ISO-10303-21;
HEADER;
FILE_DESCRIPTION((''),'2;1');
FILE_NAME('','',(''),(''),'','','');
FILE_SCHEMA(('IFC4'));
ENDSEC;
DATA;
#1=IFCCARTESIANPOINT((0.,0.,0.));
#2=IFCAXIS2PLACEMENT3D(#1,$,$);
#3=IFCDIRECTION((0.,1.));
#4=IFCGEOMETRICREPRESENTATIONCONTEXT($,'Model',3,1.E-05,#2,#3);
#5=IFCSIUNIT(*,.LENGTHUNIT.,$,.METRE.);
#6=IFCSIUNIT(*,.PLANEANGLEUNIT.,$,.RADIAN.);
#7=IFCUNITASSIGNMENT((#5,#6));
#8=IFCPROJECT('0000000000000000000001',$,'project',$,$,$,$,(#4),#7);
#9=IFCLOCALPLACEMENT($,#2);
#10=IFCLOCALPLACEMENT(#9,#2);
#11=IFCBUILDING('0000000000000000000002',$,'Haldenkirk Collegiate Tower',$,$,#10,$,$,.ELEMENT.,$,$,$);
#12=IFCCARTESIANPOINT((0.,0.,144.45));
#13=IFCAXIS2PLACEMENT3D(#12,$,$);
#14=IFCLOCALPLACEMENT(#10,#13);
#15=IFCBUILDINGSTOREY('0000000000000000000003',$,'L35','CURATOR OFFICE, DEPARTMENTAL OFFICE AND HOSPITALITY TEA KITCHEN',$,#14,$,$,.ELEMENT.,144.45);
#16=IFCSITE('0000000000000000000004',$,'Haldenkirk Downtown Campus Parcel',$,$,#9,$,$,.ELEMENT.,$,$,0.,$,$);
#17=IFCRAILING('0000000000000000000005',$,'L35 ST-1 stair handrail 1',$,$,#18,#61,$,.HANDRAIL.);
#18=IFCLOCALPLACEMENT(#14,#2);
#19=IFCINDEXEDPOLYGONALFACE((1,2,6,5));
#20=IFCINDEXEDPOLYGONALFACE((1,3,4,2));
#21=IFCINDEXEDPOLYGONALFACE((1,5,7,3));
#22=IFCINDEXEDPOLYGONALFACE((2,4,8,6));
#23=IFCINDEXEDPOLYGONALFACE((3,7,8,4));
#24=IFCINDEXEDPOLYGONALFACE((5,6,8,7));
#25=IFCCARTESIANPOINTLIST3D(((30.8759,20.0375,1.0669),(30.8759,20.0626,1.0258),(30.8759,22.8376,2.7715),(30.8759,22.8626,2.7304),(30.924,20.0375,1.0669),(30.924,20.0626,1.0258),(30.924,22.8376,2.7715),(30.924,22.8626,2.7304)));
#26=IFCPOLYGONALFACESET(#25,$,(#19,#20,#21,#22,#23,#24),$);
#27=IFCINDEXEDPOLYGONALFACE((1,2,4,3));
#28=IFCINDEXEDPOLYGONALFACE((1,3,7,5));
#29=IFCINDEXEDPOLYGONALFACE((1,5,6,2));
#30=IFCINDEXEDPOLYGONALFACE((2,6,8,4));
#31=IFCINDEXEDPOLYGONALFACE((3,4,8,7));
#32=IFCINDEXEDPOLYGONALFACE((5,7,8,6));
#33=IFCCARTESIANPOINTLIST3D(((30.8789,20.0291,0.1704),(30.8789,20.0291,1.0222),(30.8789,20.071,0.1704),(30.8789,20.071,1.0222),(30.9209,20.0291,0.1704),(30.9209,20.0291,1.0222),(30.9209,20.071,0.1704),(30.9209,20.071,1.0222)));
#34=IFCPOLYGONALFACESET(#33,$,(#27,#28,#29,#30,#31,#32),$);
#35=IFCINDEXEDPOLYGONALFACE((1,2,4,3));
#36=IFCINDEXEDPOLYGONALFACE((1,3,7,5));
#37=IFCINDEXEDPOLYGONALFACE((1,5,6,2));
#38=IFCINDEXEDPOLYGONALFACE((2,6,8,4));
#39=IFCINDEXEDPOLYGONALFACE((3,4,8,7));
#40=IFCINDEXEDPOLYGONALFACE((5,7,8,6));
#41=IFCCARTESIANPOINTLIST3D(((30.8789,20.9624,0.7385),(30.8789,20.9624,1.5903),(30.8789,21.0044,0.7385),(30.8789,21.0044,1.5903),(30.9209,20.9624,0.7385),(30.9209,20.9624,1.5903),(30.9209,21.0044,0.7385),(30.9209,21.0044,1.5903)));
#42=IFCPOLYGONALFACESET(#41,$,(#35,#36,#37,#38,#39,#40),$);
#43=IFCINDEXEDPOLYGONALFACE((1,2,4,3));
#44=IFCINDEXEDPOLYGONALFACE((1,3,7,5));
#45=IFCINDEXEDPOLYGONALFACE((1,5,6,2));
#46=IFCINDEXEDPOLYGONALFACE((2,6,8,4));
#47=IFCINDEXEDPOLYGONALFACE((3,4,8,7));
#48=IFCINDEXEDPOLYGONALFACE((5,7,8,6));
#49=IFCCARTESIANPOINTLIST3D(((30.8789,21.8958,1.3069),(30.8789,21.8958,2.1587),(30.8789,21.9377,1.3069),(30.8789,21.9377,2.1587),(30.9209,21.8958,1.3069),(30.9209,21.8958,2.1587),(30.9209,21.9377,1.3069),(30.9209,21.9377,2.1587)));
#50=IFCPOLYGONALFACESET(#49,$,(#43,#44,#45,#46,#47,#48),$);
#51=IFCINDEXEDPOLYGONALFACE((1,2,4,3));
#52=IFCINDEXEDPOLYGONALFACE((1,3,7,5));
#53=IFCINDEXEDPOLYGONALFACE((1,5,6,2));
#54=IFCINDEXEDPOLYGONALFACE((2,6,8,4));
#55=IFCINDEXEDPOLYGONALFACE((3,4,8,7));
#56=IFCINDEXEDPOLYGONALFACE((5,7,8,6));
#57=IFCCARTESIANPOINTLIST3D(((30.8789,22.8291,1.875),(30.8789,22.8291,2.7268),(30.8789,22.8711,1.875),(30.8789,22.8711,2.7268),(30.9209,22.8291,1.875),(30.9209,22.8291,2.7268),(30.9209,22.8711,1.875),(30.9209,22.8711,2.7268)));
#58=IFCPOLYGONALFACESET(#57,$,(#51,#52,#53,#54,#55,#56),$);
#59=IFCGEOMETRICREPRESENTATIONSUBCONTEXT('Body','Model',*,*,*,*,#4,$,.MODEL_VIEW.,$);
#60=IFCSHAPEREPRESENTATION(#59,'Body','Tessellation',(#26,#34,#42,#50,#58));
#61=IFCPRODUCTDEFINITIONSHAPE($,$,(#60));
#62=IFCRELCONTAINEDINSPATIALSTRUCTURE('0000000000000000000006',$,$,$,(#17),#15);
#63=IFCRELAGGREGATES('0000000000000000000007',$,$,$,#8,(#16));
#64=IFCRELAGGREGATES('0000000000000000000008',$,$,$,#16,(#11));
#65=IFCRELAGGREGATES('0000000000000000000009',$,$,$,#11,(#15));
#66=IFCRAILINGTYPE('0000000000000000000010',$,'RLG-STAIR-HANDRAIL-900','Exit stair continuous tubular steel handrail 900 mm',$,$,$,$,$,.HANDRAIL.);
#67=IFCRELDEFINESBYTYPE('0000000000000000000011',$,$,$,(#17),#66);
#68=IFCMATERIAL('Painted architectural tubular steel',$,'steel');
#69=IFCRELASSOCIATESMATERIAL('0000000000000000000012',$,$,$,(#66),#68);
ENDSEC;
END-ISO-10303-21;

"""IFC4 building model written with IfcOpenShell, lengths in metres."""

from ifc_helpers import new_model, si_unit, direction, frame, origin, origin_2d, place, context, subcontext, project, spatial, rectangle, extrude, material, type_object, element, save


model = new_model("IFC4")

# Units and contexts
model_context = context("Model", 3, precision=1e-05, world=origin(), true_north=direction((0.0, 1.0)))
body_context = subcontext(model_context, "Body", "Model", "MODEL_VIEW")
ifc_project = project(units=[si_unit("LENGTHUNIT", "METRE"), si_unit("PLANEANGLEUNIT", "RADIAN")], contexts=[model_context])

# Site, building, storey
site_placement = place(None, origin())
site = spatial("IfcSite", under=ifc_project, at=site_placement, Name="Haldenkirk Downtown Campus Parcel", CompositionType="ELEMENT", RefElevation=0.0)
building_placement = place(site_placement, origin())
building = spatial("IfcBuilding", under=site, at=building_placement, Name="Haldenkirk Collegiate Tower", CompositionType="ELEMENT")
storey_placement = place(building_placement, frame((0.0, 0.0, 144.45)))
storey = spatial("IfcBuildingStorey", under=building, at=storey_placement, Name="L35", Description="CURATOR OFFICE, DEPARTMENTAL OFFICE AND HOSPITALITY TEA KITCHEN", CompositionType="ELEMENT", Elevation=144.45)

# Railing
ifc_material_1 = material(Name="Painted architectural tubular steel", Category="steel")
railing_type_1 = type_object("IfcRailingType", Name="RLG-STAIR-HANDRAIL-900", Description="Exit stair continuous tubular steel handrail 900 mm", PredefinedType="HANDRAIL", material=ifc_material_1)
railing_1_placement = place(storey_placement, frame((30.8999, 20.05, 0.1704)))
element("IfcRailing", 1, at=railing_1_placement, inside=storey, type_object=railing_type_1, Name="L35 ST-1 stair handrail 1", PredefinedType="HANDRAIL", context=body_context, shape_type="SweptSolid", body=[
    extrude(rectangle(XDim=0.0481, YDim=0.0481, at=origin_2d()), frame((0.0, 0.0, 0.876), z_axis=(0.0, 0.85417, 0.519994), x_axis=(-1.0, 0.0, 0.0)), (0.0, 0.0, 1.0), 3.2781),
    extrude(rectangle(XDim=0.042, YDim=0.042, at=origin_2d()), origin(), (0.0, 0.0, 1.0), 0.8518),
    extrude(rectangle(XDim=0.042, YDim=0.042, at=origin_2d()), frame((0.0, 0.9333, 0.5681)), (0.0, 0.0, 1.0), 0.8518),
    extrude(rectangle(XDim=0.042, YDim=0.042, at=origin_2d()), frame((0.0, 1.8667, 1.1365)), (0.0, 0.0, 1.0), 0.8518),
    extrude(rectangle(XDim=0.042, YDim=0.042, at=origin_2d()), frame((0.0, 2.8, 1.7046)), (0.0, 0.0, 1.0), 0.8518),
])

save(model, "model.ifc")
